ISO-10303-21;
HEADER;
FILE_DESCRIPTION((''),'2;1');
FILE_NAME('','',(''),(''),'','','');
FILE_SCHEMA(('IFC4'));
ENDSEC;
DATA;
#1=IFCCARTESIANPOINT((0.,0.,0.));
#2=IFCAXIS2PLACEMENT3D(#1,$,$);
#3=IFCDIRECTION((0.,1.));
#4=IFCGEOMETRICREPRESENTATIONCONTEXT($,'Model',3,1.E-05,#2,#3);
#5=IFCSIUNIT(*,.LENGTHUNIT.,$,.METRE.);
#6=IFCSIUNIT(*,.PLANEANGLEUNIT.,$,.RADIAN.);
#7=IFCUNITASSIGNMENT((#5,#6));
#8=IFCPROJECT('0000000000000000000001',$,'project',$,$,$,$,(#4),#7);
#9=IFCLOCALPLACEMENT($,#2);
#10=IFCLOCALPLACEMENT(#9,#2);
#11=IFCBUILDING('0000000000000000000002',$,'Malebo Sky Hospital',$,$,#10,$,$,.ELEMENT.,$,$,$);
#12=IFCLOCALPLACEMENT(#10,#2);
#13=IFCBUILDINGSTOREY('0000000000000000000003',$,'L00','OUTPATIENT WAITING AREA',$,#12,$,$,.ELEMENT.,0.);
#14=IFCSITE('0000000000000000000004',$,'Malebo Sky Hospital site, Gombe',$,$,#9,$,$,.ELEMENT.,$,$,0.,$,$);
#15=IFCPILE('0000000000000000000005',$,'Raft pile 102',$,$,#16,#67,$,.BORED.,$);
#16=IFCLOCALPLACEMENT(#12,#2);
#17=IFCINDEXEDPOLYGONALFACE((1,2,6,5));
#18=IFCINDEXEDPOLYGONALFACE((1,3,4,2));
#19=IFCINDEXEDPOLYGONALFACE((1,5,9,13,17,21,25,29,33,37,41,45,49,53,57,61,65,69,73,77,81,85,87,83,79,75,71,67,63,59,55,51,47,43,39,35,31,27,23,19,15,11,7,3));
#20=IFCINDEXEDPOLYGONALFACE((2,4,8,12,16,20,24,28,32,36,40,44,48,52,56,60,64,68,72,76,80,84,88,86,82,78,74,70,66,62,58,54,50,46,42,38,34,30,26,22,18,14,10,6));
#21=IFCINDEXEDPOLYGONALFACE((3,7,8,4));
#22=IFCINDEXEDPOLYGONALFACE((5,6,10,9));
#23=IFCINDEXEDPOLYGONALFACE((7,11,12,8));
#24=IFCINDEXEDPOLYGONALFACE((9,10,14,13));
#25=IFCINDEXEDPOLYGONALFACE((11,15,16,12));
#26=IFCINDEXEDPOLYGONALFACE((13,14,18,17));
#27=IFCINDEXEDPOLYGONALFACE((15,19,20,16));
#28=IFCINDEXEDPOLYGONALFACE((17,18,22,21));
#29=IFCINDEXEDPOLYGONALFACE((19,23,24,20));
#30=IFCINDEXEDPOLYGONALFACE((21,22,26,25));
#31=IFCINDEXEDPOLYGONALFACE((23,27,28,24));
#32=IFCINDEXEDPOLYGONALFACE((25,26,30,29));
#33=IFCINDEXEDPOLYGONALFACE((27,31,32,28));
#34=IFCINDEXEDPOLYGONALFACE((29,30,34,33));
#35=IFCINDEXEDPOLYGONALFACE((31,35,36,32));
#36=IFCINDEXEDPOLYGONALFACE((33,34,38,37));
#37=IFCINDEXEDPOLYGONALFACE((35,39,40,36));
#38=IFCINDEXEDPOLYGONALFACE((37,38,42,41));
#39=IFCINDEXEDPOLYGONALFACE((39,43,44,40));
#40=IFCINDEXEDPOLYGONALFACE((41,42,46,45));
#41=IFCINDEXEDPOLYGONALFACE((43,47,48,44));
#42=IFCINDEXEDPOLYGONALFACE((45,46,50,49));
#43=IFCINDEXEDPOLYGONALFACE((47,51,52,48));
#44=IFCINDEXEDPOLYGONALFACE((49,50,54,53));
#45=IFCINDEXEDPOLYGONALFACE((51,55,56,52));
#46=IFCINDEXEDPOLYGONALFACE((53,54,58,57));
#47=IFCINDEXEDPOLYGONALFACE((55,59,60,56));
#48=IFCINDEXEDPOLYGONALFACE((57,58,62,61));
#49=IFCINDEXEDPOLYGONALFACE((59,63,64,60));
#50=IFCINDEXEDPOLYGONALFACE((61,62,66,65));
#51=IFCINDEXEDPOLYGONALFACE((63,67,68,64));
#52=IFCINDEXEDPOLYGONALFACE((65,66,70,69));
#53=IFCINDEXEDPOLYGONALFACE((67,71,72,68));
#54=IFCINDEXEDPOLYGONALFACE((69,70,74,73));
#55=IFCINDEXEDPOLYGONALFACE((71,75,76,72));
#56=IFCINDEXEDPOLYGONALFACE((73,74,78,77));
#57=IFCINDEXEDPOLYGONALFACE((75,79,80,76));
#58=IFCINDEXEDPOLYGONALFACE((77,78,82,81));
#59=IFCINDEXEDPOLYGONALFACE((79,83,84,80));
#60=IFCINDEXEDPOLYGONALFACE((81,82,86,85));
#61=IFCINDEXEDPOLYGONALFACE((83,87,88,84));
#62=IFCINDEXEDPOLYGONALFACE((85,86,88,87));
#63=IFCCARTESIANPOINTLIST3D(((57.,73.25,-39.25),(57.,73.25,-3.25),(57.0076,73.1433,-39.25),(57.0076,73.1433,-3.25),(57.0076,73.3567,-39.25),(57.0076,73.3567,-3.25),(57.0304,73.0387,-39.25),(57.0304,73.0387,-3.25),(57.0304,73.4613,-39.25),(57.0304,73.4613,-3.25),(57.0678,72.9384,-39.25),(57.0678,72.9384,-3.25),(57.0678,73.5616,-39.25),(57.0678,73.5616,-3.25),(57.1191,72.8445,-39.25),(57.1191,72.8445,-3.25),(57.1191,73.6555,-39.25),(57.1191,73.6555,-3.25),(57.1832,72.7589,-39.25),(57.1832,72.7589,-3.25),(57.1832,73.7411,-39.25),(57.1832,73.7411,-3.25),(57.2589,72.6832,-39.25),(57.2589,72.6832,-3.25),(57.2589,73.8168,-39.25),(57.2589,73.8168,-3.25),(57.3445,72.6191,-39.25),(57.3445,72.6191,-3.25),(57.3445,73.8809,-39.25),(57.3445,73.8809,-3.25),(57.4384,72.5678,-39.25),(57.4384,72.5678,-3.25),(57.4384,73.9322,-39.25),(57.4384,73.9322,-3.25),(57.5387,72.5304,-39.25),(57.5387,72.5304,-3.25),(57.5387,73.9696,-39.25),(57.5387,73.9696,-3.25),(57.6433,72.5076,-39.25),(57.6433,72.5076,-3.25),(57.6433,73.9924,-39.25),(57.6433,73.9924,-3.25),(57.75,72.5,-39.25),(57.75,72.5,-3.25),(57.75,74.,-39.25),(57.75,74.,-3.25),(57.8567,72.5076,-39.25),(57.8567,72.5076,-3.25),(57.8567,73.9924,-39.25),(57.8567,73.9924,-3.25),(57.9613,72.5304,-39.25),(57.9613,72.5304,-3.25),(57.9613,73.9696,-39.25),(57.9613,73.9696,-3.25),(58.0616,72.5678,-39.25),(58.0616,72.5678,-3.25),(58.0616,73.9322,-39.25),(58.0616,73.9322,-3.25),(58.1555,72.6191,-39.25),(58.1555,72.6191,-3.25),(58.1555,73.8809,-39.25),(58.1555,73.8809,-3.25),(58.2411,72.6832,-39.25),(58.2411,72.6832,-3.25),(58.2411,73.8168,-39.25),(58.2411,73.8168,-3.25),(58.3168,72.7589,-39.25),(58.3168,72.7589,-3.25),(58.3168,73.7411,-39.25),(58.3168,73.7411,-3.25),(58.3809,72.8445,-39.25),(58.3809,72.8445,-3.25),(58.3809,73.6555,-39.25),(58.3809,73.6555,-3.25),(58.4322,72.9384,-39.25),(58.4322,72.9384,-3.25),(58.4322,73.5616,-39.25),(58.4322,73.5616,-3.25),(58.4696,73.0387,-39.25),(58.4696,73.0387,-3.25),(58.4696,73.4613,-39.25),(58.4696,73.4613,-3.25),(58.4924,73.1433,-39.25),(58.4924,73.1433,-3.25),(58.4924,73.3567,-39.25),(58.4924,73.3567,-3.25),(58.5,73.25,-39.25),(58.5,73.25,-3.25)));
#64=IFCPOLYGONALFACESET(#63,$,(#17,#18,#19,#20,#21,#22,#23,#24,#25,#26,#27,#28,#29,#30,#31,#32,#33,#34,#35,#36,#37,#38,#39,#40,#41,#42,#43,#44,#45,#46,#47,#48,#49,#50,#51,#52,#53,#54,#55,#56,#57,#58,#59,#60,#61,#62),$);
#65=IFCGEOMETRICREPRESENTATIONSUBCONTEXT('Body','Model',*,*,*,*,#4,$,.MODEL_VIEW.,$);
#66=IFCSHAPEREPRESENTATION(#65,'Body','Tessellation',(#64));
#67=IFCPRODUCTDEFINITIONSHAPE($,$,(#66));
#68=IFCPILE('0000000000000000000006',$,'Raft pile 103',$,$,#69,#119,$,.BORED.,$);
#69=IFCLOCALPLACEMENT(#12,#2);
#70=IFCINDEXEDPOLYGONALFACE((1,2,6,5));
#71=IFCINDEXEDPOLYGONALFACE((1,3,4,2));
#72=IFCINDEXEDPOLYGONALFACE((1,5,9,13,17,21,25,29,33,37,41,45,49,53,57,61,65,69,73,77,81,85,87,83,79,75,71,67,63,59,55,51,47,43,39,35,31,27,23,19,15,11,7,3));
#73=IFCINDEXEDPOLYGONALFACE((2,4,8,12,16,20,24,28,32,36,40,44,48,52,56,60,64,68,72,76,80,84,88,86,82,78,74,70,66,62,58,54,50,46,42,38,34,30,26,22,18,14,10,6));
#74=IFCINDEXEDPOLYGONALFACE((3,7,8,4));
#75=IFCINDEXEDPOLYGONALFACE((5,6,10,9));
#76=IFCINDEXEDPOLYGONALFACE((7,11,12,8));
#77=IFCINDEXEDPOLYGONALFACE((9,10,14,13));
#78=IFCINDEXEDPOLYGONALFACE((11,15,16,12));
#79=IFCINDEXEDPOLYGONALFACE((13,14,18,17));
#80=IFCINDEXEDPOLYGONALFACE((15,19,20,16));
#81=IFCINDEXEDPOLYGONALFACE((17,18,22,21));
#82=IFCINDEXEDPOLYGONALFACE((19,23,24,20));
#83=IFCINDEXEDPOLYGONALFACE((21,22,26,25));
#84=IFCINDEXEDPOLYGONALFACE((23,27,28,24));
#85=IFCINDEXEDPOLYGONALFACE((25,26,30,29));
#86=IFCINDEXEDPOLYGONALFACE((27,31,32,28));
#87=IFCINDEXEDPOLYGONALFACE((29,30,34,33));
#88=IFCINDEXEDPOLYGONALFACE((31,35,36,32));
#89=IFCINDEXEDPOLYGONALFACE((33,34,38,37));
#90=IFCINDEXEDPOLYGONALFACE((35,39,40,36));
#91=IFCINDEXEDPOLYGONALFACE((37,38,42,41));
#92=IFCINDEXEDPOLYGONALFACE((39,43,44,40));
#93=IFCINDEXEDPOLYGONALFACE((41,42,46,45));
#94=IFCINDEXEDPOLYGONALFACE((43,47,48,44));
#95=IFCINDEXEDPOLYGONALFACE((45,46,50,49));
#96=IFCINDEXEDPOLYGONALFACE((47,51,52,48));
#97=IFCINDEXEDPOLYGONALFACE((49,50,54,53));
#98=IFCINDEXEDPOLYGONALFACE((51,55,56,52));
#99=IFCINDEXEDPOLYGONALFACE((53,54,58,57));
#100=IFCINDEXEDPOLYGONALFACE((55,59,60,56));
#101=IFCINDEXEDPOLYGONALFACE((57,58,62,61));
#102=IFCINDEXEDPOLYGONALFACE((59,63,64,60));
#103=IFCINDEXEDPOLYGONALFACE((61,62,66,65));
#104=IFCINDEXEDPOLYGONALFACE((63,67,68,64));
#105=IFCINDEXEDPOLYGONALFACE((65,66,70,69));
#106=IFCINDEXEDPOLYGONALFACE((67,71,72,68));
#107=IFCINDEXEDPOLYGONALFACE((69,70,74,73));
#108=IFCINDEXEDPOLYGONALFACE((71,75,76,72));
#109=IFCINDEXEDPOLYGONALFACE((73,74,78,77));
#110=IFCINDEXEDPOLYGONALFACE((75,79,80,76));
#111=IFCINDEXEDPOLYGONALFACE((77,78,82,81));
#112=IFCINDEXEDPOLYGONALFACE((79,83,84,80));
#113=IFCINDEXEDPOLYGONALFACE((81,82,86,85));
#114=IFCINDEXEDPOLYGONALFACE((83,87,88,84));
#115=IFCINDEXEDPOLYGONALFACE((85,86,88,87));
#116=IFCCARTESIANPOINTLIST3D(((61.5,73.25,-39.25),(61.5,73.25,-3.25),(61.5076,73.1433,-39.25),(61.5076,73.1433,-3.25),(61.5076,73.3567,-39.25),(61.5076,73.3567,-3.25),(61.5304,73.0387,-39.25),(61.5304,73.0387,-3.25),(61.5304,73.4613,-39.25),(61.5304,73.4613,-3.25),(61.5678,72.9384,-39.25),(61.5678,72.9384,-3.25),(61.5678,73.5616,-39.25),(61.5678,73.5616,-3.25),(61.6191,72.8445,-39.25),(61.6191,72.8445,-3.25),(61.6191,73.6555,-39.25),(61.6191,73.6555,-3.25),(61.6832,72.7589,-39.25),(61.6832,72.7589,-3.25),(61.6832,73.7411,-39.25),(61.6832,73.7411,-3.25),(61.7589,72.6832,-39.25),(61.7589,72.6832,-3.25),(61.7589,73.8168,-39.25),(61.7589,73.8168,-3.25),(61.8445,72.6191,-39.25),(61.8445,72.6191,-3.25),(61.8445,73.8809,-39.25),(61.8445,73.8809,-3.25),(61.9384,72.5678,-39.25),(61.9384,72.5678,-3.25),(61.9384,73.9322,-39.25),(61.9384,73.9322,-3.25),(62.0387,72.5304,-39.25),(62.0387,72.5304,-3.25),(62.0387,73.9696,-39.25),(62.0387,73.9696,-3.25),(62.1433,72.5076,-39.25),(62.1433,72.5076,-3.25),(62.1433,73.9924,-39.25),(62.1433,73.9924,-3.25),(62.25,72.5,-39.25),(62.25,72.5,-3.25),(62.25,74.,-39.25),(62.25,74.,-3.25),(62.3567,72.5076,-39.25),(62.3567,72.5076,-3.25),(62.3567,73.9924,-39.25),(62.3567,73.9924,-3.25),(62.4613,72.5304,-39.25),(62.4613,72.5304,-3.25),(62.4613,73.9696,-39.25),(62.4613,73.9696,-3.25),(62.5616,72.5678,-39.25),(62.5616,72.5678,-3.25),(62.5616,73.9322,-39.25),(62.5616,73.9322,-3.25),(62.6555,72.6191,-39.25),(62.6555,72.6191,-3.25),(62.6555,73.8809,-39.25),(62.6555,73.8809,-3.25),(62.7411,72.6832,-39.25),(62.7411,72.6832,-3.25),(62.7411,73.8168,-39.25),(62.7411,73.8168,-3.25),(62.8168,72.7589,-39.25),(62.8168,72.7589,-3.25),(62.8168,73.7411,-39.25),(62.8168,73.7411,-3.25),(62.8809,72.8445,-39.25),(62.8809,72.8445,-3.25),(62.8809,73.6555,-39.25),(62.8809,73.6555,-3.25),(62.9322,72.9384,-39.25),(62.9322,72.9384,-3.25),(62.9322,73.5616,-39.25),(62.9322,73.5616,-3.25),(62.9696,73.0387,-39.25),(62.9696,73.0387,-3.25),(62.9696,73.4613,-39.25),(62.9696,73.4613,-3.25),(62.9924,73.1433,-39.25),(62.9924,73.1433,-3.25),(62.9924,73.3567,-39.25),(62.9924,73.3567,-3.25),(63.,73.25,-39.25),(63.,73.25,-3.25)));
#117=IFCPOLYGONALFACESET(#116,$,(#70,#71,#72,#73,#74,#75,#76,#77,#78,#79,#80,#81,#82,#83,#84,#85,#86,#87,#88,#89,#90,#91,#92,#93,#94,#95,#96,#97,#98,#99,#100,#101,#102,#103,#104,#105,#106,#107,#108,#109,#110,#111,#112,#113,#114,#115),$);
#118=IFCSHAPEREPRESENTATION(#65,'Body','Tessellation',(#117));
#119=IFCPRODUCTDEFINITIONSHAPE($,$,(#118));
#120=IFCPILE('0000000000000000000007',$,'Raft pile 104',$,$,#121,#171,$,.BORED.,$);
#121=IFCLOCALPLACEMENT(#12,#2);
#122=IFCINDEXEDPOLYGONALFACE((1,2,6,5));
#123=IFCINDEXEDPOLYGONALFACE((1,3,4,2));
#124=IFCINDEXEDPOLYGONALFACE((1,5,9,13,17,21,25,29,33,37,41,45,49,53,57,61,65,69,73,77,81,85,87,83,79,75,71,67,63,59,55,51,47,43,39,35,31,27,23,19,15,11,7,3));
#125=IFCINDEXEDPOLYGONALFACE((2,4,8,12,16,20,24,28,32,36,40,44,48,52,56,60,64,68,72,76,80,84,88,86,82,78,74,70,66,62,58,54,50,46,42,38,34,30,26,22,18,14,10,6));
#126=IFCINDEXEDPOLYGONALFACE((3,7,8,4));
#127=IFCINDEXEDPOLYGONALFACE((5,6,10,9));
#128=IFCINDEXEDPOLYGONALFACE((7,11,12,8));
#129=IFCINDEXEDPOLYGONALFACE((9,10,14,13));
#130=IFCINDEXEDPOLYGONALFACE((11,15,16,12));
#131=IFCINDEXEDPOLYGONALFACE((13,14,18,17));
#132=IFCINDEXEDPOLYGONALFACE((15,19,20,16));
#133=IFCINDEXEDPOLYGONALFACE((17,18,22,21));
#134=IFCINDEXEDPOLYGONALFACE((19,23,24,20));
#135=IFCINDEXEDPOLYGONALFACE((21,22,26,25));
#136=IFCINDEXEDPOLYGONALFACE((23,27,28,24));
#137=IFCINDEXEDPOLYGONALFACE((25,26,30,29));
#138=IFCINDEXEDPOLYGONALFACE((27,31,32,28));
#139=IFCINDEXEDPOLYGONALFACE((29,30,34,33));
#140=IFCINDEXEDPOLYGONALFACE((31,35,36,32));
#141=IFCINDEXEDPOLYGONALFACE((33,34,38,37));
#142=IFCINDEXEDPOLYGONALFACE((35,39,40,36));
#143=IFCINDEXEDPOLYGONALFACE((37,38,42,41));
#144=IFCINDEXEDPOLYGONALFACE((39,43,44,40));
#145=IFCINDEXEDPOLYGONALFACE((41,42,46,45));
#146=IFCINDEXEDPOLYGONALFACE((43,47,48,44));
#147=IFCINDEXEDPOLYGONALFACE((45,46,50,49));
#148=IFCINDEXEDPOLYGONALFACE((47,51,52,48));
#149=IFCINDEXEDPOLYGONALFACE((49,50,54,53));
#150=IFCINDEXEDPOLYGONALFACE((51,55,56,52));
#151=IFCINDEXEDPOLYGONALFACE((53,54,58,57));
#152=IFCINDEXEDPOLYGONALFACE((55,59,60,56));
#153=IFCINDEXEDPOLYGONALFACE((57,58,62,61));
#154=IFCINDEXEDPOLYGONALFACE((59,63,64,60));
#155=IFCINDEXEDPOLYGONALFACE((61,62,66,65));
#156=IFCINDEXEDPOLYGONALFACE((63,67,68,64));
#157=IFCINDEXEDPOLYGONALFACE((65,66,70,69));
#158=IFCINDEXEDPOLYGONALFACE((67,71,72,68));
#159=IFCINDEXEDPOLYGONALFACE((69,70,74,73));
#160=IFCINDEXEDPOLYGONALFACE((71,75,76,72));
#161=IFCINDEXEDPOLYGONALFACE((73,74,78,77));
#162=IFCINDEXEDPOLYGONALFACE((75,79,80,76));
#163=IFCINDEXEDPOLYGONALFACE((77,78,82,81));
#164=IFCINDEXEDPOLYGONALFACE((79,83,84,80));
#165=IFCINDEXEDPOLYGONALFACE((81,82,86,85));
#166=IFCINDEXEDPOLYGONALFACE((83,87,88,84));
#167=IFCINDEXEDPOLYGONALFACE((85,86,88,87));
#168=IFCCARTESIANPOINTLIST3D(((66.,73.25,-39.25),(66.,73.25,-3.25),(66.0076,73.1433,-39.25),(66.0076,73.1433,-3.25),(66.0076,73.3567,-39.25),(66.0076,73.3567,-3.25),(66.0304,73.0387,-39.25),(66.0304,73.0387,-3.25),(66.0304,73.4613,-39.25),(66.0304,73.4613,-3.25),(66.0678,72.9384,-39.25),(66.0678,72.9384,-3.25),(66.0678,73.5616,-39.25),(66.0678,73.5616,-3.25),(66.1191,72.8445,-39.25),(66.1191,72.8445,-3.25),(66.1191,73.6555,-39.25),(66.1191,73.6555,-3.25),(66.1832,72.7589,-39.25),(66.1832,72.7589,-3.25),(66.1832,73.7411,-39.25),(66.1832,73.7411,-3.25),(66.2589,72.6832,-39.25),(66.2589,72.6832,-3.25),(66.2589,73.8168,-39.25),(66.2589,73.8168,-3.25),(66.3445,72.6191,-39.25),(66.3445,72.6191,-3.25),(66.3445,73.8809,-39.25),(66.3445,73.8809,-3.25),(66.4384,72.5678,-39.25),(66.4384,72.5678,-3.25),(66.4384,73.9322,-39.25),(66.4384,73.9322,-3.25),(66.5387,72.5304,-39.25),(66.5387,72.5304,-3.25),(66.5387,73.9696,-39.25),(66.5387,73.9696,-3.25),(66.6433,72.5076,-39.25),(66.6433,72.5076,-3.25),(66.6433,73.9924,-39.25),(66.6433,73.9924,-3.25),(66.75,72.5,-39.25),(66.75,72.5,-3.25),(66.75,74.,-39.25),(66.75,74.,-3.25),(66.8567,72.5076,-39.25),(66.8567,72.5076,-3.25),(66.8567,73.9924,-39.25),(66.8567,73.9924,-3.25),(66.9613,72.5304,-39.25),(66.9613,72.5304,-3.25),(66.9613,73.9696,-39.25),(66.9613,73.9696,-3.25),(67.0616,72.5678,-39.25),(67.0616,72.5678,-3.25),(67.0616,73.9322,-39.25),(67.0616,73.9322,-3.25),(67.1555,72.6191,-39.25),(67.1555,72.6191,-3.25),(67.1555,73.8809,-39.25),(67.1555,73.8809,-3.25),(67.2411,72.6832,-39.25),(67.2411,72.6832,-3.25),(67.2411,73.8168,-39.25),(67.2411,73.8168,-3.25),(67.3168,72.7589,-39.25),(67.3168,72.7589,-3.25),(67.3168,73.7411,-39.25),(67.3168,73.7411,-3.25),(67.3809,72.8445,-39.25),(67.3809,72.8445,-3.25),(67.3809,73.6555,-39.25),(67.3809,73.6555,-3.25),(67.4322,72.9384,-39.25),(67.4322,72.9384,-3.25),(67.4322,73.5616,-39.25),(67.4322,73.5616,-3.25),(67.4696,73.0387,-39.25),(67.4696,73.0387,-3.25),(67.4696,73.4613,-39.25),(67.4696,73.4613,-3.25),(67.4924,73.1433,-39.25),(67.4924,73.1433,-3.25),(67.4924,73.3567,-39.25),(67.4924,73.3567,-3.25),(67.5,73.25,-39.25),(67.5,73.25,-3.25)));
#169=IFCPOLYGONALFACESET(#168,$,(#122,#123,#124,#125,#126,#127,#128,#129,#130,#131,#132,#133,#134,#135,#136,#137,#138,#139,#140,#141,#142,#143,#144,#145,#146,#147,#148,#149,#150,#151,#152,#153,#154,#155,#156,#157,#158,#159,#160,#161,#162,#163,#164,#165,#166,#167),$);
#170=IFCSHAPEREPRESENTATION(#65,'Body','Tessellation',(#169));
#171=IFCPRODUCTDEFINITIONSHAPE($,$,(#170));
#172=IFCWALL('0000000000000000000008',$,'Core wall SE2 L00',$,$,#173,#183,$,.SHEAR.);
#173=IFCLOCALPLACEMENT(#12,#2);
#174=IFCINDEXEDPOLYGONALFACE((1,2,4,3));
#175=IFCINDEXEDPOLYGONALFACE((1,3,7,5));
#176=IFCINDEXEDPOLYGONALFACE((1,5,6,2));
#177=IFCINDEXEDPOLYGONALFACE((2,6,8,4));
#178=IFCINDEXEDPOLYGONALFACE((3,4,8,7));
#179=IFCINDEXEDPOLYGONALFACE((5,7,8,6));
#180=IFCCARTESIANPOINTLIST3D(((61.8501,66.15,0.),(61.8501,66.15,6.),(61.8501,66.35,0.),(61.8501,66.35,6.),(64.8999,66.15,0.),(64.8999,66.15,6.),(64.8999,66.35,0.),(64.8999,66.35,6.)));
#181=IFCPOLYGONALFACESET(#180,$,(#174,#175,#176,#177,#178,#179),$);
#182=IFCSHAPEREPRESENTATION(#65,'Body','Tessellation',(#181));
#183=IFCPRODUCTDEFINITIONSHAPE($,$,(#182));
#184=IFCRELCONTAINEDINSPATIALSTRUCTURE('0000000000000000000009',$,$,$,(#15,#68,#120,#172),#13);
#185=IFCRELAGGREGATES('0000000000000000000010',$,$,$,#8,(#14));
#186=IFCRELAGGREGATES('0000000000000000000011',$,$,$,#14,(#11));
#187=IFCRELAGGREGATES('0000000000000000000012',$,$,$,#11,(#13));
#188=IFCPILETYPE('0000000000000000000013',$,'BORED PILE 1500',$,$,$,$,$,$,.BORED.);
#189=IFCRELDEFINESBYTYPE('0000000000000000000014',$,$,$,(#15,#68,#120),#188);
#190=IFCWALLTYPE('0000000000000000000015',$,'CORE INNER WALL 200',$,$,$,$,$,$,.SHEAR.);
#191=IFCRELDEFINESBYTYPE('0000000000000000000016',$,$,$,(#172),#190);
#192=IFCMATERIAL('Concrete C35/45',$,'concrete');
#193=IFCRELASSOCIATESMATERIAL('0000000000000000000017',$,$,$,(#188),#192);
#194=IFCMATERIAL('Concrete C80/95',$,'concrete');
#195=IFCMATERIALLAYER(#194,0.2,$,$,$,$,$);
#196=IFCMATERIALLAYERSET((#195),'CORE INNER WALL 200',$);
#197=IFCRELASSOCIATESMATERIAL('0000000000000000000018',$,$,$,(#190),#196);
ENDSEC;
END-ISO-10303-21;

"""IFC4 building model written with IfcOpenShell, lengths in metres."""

from ifc_helpers import new_model, si_unit, direction, frame, frame_2d, origin, origin_2d, place, context, subcontext, project, spatial, rectangle, circle, extrude, material, layer, layer_set, material_profile, profile_set, type_object, element, save


model = new_model("IFC4")

# Units and contexts
model_context = context("Model", 3, precision=1e-05, world=origin(), true_north=direction((0.0, 1.0)))
body_context = subcontext(model_context, "Body", "Model", "MODEL_VIEW")
ifc_project = project(units=[si_unit("LENGTHUNIT", "METRE"), si_unit("PLANEANGLEUNIT", "RADIAN")], contexts=[model_context])

# Site, building, storey
site_placement = place(None, origin())
site = spatial("IfcSite", under=ifc_project, at=site_placement, Name="Malebo Sky Hospital site, Gombe", CompositionType="ELEMENT", RefElevation=0.0)
building_placement = place(site_placement, origin())
building = spatial("IfcBuilding", under=site, at=building_placement, Name="Malebo Sky Hospital", CompositionType="ELEMENT")
storey_placement = place(building_placement, origin())
storey = spatial("IfcBuildingStorey", under=building, at=storey_placement, Name="L00", Description="OUTPATIENT WAITING AREA", CompositionType="ELEMENT", Elevation=0.0)

# Piles
ifc_material_1 = material(Name="Concrete C35/45", Category="concrete")
ifc_material_profile = material_profile(ifc_material_1, circle(Radius=0.75, at=origin_2d()), Name="BP 1500")
ifc_profile_set = profile_set([ifc_material_profile], Name="Concrete C35/45")
pile_type = type_object("IfcPileType", Name="BORED PILE 1500", PredefinedType="BORED", material=ifc_profile_set)
for number, where, z_axis, x_axis, name in (
    (1, (57.75, 73.25, -3.25), (0.0, 0.0, -1.0), (1.0, 0.0, 0.0), "Raft pile 102"),
    (2, (62.25, 73.25, -3.25), (0.0, 0.0, -1.0), (1.0, 0.0, 0.0), "Raft pile 103"),
    (3, (66.75, 73.25, -3.25), (0.0, 0.0, -1.0), (1.0, 0.0, 0.0), "Raft pile 104"),
):
    element("IfcPile", number, at=place(storey_placement, frame(where, z_axis=z_axis, x_axis=x_axis)), inside=storey, type_object=pile_type, Name=name, PredefinedType="BORED", context=body_context, shape_type="SweptSolid", body=[
        extrude(circle(Radius=0.75, at=origin_2d()), origin(), (0.0, 0.0, 1.0), 36.0),
    ])

# Wall
ifc_material_2 = material(Name="Concrete C80/95", Category="concrete")
ifc_layer_1 = layer(ifc_material_2, 0.2)
ifc_layer_set_1 = layer_set([ifc_layer_1], Name="CORE INNER WALL 200")
wall_type_1 = type_object("IfcWallType", Name="CORE INNER WALL 200", PredefinedType="SHEAR", material=ifc_layer_set_1)
wall_1_placement = place(storey_placement, frame((61.8501, 66.25, 0.0), z_axis=(0.0, 0.0, 1.0), x_axis=(1.0, 0.0, 0.0)))
element("IfcWall", 4, at=wall_1_placement, inside=storey, type_object=wall_type_1, Name="Core wall SE2 L00", PredefinedType="SHEAR", context=body_context, shape_type="SweptSolid", body=[
    extrude(rectangle(XDim=3.0498, YDim=0.2, at=frame_2d((1.5249, 0.0))), origin(), (0.0, 0.0, 1.0), 6.0),
])

save(model, "model.ifc")
